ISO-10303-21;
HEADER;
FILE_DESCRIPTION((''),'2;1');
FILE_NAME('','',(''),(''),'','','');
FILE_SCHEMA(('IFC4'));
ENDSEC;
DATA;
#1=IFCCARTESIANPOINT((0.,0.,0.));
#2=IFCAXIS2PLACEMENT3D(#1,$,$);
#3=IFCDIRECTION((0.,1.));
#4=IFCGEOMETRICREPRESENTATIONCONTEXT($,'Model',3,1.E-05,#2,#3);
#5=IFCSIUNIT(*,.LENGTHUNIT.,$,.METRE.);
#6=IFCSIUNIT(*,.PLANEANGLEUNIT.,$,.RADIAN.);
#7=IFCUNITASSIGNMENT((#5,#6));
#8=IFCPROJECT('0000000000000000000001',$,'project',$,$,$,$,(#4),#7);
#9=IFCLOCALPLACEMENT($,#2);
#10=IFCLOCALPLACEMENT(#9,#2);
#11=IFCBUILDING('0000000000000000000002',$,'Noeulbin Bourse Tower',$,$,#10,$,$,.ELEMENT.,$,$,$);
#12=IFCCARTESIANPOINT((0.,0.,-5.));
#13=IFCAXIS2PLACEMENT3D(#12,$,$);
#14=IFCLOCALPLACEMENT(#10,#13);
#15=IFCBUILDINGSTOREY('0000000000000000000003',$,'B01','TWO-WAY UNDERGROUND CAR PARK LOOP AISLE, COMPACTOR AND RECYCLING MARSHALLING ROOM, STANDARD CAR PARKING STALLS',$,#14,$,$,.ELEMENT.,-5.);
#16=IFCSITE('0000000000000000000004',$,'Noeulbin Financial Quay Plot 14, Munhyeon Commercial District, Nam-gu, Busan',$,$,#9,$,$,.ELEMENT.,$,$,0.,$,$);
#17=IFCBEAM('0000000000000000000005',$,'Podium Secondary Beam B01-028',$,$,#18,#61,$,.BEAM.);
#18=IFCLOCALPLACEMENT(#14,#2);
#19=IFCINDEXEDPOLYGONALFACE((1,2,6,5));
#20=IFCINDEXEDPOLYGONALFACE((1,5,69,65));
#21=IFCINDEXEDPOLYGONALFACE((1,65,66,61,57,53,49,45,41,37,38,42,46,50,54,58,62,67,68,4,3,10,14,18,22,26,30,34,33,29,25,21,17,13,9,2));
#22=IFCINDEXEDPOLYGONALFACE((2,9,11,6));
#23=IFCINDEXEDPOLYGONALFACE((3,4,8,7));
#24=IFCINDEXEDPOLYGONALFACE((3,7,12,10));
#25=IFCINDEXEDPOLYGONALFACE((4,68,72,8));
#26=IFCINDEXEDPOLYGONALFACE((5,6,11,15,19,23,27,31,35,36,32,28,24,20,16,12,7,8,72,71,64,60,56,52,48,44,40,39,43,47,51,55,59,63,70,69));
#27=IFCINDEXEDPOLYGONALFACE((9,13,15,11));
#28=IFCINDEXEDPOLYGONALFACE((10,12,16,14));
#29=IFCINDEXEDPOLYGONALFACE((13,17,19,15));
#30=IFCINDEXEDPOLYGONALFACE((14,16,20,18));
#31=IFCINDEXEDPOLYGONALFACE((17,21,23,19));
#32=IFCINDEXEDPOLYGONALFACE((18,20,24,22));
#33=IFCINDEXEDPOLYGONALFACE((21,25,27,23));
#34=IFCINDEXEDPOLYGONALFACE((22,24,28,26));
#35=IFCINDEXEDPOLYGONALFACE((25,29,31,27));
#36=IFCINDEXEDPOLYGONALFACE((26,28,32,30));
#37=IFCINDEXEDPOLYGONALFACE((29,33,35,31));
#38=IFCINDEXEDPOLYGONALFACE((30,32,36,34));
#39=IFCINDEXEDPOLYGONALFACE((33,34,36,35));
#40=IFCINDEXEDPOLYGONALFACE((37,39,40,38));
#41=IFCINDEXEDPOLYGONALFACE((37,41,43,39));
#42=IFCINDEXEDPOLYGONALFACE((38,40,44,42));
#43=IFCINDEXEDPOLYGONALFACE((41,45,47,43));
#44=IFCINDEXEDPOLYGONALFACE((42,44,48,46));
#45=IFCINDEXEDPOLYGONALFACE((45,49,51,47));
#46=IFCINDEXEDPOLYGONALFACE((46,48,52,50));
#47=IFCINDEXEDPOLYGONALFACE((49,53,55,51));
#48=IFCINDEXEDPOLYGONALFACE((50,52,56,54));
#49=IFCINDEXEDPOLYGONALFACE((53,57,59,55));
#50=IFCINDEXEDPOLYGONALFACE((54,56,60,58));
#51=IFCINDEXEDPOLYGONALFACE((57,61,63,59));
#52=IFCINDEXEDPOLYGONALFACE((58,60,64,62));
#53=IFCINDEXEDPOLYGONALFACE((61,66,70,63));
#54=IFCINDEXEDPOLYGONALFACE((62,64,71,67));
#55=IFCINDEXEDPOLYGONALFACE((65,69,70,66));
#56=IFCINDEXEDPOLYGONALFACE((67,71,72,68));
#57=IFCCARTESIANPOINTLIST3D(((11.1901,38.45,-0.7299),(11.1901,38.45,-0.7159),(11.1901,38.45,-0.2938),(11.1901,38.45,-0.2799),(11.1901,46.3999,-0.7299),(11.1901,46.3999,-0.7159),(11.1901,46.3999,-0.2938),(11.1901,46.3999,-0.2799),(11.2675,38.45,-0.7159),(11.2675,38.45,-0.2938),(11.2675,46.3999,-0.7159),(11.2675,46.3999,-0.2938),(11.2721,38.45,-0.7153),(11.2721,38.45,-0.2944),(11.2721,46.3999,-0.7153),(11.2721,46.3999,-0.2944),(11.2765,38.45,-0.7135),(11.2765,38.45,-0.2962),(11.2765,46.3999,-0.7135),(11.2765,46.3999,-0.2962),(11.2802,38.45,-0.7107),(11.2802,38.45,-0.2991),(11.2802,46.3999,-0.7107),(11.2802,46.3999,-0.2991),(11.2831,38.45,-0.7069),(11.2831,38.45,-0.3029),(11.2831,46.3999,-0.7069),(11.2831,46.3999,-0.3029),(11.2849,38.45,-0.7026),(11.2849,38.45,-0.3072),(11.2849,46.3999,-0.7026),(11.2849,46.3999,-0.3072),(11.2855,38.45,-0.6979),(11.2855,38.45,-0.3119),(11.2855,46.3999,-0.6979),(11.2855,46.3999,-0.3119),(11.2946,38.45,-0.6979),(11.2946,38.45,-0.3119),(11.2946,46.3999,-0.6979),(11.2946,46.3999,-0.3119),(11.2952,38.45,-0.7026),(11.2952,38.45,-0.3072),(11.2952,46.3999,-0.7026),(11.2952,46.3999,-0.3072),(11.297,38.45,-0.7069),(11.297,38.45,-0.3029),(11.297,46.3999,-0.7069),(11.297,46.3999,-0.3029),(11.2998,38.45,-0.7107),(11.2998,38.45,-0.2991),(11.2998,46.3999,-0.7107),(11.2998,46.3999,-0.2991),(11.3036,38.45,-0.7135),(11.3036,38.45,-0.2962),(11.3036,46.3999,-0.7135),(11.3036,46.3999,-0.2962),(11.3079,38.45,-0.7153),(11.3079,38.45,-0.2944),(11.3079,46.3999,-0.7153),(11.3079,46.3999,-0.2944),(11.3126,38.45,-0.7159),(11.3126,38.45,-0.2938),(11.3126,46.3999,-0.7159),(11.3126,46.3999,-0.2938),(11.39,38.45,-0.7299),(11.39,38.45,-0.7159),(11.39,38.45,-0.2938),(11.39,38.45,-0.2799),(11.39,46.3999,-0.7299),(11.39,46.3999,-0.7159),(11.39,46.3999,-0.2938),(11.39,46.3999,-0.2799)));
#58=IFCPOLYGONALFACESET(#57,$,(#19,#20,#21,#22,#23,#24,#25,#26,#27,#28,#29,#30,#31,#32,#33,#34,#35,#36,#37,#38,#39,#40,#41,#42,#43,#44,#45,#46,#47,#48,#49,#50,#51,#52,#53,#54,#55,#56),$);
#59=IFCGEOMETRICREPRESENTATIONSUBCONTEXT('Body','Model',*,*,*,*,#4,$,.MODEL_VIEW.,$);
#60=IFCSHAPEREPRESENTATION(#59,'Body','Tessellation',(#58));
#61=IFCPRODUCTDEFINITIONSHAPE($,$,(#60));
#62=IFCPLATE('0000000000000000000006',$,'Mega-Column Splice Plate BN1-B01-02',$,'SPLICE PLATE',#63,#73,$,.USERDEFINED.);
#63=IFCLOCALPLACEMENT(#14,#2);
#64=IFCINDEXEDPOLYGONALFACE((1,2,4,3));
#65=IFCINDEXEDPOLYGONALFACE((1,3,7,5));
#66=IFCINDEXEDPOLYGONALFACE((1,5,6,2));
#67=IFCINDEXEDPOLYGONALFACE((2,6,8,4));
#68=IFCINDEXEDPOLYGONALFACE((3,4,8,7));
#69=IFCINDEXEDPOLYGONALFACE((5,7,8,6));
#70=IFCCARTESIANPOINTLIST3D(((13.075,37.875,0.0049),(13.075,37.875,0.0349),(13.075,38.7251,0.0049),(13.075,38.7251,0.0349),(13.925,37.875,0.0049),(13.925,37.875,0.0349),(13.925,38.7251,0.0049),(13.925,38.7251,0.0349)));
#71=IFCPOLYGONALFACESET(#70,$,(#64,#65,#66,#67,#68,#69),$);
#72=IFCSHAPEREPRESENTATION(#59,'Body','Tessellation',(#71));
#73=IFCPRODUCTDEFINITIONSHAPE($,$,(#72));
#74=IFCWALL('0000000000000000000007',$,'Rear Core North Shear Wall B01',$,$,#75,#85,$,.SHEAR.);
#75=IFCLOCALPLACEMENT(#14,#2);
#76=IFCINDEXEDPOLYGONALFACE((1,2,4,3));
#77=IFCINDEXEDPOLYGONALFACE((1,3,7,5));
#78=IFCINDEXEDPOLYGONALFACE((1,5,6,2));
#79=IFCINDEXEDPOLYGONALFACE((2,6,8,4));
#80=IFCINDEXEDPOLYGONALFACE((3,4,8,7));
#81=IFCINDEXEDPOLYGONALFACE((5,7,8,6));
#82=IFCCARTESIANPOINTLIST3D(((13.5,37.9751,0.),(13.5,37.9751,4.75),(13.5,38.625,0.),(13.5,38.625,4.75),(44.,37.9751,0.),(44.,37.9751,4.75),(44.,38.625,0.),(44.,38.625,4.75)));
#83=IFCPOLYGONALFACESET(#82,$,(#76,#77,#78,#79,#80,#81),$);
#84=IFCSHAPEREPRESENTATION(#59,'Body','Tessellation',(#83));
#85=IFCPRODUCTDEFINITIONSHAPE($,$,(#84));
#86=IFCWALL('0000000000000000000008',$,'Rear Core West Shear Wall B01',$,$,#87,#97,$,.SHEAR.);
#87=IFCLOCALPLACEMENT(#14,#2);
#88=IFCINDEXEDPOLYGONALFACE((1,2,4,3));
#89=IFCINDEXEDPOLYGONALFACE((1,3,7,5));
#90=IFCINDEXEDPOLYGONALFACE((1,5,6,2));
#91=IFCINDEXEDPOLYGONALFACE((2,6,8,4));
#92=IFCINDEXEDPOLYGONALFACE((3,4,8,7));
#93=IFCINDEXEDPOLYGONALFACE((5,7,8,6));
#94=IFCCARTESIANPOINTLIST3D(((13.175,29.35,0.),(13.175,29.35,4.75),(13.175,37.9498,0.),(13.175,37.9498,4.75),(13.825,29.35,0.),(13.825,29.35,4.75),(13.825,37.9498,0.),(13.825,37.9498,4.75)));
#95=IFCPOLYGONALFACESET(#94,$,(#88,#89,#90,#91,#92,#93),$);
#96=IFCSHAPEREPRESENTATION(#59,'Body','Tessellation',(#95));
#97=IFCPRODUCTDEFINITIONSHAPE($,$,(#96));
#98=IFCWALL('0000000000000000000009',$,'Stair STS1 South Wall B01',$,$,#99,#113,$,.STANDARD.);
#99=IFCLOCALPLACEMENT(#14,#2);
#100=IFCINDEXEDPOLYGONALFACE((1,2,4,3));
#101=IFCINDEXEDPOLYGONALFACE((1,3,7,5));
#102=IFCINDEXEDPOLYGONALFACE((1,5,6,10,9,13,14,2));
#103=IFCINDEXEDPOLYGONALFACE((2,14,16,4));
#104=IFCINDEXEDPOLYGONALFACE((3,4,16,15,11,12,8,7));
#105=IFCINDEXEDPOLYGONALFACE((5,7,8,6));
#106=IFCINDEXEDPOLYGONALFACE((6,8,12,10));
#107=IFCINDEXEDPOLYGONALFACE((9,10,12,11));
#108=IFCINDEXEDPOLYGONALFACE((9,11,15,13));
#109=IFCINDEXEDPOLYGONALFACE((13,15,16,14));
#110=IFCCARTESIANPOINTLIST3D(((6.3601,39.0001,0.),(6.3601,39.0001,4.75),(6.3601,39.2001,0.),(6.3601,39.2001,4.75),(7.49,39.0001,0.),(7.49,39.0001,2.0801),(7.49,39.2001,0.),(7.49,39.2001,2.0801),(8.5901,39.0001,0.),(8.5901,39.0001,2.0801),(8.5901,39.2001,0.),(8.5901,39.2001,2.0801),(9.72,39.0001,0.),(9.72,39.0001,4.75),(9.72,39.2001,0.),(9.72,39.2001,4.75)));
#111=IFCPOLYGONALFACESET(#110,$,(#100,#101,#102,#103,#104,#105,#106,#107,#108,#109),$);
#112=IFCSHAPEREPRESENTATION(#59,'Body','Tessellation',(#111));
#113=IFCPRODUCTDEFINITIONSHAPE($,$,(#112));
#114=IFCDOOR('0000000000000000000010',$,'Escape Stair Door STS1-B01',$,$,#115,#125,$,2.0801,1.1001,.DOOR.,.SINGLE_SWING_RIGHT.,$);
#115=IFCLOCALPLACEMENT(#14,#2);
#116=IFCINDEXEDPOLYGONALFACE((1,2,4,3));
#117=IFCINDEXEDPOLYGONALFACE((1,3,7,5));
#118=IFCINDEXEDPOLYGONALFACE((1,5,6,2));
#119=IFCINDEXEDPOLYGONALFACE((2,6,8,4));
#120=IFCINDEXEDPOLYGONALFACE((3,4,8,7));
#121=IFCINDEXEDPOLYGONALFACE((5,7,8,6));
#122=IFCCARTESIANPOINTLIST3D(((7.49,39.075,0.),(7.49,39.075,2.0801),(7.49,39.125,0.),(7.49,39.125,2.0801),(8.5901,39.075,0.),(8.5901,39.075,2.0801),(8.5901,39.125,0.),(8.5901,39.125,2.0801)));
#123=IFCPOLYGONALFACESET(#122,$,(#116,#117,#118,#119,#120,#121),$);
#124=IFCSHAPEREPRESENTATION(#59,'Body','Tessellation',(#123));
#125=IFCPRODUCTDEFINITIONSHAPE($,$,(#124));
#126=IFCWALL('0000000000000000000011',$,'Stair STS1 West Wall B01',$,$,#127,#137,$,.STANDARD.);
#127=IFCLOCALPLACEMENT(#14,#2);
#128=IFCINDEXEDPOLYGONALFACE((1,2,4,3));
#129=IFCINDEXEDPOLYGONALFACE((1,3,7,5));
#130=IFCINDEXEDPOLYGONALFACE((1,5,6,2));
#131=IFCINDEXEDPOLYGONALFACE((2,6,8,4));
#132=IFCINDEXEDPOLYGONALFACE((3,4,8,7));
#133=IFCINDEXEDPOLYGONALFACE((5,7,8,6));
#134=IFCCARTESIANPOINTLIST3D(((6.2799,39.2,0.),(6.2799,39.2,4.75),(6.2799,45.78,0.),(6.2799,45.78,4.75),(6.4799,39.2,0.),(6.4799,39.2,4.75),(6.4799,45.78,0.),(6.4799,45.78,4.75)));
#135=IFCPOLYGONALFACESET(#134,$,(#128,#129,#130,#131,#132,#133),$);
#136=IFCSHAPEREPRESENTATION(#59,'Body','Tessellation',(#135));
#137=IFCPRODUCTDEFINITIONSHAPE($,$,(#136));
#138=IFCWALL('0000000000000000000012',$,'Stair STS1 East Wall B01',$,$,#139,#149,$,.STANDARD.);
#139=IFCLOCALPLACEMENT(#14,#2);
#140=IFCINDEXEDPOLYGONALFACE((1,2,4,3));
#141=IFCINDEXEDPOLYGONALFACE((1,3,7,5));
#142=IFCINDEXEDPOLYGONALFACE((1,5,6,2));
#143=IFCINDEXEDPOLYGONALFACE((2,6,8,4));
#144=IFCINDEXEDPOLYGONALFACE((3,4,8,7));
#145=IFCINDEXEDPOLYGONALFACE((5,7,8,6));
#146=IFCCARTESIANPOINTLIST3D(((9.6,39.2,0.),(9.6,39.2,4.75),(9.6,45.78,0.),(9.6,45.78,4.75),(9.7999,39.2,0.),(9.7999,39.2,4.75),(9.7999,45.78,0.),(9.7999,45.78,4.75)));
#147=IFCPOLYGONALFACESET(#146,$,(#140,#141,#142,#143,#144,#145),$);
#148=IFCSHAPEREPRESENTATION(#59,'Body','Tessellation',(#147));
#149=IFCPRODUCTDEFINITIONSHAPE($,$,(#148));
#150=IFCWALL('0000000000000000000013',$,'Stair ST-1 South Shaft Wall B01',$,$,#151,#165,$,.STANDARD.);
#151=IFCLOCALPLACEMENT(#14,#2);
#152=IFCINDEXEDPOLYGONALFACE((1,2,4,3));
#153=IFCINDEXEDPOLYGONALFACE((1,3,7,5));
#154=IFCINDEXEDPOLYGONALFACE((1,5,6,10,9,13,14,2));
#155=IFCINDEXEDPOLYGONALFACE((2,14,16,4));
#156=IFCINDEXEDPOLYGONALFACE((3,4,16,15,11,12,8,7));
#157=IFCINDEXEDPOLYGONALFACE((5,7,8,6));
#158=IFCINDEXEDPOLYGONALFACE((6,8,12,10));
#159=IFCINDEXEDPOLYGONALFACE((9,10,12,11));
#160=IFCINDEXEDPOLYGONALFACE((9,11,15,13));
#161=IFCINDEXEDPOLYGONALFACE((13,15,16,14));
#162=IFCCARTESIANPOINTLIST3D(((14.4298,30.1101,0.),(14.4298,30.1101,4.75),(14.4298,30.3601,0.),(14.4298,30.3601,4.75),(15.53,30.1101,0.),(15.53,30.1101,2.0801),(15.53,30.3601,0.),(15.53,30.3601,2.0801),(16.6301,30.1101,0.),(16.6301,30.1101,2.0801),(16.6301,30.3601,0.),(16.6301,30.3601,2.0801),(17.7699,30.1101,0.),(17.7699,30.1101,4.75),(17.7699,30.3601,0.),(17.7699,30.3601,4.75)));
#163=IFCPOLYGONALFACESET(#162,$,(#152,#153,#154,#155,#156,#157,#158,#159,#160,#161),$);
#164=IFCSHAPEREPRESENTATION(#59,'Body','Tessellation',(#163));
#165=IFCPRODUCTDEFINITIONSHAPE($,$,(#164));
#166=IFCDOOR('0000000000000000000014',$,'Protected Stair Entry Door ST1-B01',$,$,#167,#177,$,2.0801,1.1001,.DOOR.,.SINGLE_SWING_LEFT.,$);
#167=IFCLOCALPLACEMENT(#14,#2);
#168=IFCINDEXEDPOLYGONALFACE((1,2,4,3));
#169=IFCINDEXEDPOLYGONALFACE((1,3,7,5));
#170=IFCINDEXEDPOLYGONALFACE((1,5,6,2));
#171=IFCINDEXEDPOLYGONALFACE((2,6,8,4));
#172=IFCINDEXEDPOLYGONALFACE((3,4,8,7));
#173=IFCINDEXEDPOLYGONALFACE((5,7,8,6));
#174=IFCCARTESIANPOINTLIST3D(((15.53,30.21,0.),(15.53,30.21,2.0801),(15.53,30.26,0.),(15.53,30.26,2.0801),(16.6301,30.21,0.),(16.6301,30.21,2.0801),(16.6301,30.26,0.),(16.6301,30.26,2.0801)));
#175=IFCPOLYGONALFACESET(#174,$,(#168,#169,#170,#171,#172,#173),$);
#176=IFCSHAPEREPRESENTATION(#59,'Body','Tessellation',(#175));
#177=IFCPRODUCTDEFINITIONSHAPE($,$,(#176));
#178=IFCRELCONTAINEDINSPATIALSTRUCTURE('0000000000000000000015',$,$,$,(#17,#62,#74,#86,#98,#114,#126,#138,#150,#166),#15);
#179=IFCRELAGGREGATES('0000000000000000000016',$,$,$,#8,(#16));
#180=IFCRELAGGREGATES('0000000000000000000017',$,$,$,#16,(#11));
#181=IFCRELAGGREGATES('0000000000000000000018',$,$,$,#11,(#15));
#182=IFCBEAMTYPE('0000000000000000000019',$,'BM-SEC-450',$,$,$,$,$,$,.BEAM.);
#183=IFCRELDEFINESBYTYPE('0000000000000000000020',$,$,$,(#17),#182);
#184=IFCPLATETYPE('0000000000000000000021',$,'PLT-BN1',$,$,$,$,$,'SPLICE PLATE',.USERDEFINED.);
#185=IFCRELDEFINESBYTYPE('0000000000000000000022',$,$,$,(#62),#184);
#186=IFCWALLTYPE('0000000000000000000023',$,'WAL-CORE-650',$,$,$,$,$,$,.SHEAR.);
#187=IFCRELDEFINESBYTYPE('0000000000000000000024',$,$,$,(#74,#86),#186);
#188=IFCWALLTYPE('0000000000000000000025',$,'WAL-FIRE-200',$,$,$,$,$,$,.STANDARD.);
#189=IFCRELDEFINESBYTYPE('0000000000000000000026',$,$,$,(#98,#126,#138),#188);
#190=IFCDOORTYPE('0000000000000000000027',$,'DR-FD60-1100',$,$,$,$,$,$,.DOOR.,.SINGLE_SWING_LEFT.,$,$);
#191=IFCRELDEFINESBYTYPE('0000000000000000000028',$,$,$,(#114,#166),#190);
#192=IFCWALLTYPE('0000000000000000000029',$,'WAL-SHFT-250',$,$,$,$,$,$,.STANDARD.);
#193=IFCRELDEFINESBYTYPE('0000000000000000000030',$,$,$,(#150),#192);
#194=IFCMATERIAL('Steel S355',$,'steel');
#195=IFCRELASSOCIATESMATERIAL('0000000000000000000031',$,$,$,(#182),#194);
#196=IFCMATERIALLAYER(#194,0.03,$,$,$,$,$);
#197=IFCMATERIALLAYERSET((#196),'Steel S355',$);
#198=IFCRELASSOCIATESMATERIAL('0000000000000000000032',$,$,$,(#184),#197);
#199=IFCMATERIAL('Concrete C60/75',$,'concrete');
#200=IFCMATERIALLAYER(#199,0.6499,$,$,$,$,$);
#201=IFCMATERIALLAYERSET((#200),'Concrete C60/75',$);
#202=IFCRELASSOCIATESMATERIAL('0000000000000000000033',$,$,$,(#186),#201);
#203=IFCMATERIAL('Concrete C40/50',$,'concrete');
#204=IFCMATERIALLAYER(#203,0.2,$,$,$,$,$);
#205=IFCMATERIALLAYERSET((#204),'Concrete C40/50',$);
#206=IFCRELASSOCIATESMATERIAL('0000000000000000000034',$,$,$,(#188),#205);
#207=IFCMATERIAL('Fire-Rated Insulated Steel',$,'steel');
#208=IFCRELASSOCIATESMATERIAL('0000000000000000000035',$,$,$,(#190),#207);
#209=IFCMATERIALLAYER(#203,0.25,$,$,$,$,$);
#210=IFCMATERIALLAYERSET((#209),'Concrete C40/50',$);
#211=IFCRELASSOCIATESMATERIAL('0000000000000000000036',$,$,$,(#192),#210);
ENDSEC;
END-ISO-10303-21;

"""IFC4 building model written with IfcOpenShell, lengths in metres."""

from ifc_helpers import new_model, si_unit, direction, frame, frame_2d, origin, origin_2d, place, context, subcontext, project, spatial, rectangle, i_section, extrude, material, layer, layer_set, material_profile, profile_set, type_object, element, fill, save


model = new_model("IFC4")

# Units and contexts
model_context = context("Model", 3, precision=1e-05, world=origin(), true_north=direction((0.0, 1.0)))
body_context = subcontext(model_context, "Body", "Model", "MODEL_VIEW")
ifc_project = project(units=[si_unit("LENGTHUNIT", "METRE"), si_unit("PLANEANGLEUNIT", "RADIAN")], contexts=[model_context])

# Site, building, storey
site_placement = place(None, origin())
site = spatial("IfcSite", under=ifc_project, at=site_placement, Name="Noeulbin Financial Quay Plot 14, Munhyeon Commercial District, Nam-gu, Busan", CompositionType="ELEMENT", RefElevation=0.0)
building_placement = place(site_placement, origin())
building = spatial("IfcBuilding", under=site, at=building_placement, Name="Noeulbin Bourse Tower", CompositionType="ELEMENT")
storey_placement = place(building_placement, frame((0.0, 0.0, -5.0)))
storey = spatial("IfcBuildingStorey", under=building, at=storey_placement, Name="B01", Description="TWO-WAY UNDERGROUND CAR PARK LOOP AISLE, COMPACTOR AND RECYCLING MARSHALLING ROOM, STANDARD CAR PARKING STALLS", CompositionType="ELEMENT", Elevation=-5.0)

# Beam
ifc_material_1 = material(Name="Steel S355", Category="steel")
ifc_material_profile_1 = material_profile(ifc_material_1, i_section(OverallWidth=0.2, OverallDepth=0.45, WebThickness=0.009, FlangeThickness=0.0139, FilletRadius=0.0181, at=origin_2d()), Name="H-450x200x9x14", Category="LoadBearing")
ifc_profile_set_1 = profile_set([ifc_material_profile_1], Name="Steel S355")
beam_type_1 = type_object("IfcBeamType", Name="BM-SEC-450", PredefinedType="BEAM", material=ifc_profile_set_1)
beam_1_placement = place(storey_placement, frame((11.29, 38.45, -0.5049), z_axis=(0.0, 1.0, 0.0), x_axis=(-1.0, 0.0, 0.0)))
element("IfcBeam", 1, at=beam_1_placement, inside=storey, type_object=beam_type_1, Name="Podium Secondary Beam B01-028", PredefinedType="BEAM", context=body_context, shape_type="SweptSolid", body=[
    extrude(i_section(OverallWidth=0.2, OverallDepth=0.45, WebThickness=0.009, FlangeThickness=0.0139, FilletRadius=0.0181, at=origin_2d()), origin(), (0.0, 0.0, 1.0), 7.95),
])

# Plate
ifc_layer_1 = layer(ifc_material_1, 0.03)
ifc_layer_set_1 = layer_set([ifc_layer_1], Name="Steel S355")
plate_type = type_object("IfcPlateType", Name="PLT-BN1", ElementType="SPLICE PLATE", PredefinedType="USERDEFINED", material=ifc_layer_set_1)
plate_placement = place(storey_placement, frame((13.5, 38.3, 0.0049), z_axis=(0.0, 0.0, 1.0), x_axis=(1.0, 0.0, 0.0)))
element("IfcPlate", 2, at=plate_placement, inside=storey, type_object=plate_type, Name="Mega-Column Splice Plate BN1-B01-02", ObjectType="SPLICE PLATE", PredefinedType="USERDEFINED", context=body_context, shape_type="SweptSolid", body=[
    extrude(rectangle(XDim=0.8501, YDim=0.8501, at=origin_2d()), origin(), (0.0, 0.0, 1.0), 0.03),
])

# Walls
ifc_material_2 = material(Name="Concrete C60/75", Category="concrete")
ifc_layer_2 = layer(ifc_material_2, 0.6499)
ifc_layer_set_2 = layer_set([ifc_layer_2], Name="Concrete C60/75")
wall_type_1 = type_object("IfcWallType", Name="WAL-CORE-650", PredefinedType="SHEAR", material=ifc_layer_set_2)
wall_1_placement = place(storey_placement, frame((13.5, 38.3, 0.0), z_axis=(0.0, 0.0, 1.0), x_axis=(1.0, 0.0, 0.0)))
element("IfcWall", 3, at=wall_1_placement, inside=storey, type_object=wall_type_1, Name="Rear Core North Shear Wall B01", PredefinedType="SHEAR", context=body_context, shape_type="SweptSolid", body=[
    extrude(rectangle(XDim=30.5, YDim=0.6499, at=frame_2d((15.25, 0.0))), origin(), (0.0, 0.0, 1.0), 4.75),
])
wall_2_placement = place(storey_placement, frame((13.5, 29.3501, 0.0), z_axis=(0.0, 0.0, 1.0), x_axis=(0.0, 1.0, 0.0)))
element("IfcWall", 4, at=wall_2_placement, inside=storey, type_object=wall_type_1, Name="Rear Core West Shear Wall B01", PredefinedType="SHEAR", context=body_context, shape_type="SweptSolid", body=[
    extrude(rectangle(XDim=8.5999, YDim=0.6499, at=frame_2d((4.2998, 0.0))), origin(), (0.0, 0.0, 1.0), 4.75),
])

# Wall, opening, door
ifc_material_3 = material(Name="Concrete C40/50", Category="concrete")
ifc_layer_3 = layer(ifc_material_3, 0.2)
ifc_layer_set_3 = layer_set([ifc_layer_3], Name="Concrete C40/50")
wall_type_2 = type_object("IfcWallType", Name="WAL-FIRE-200", PredefinedType="STANDARD", material=ifc_layer_set_3)
wall_3_placement = place(storey_placement, frame((6.3601, 39.1001, 0.0), z_axis=(0.0, 0.0, 1.0), x_axis=(1.0, 0.0, 0.0)))
wall_3 = element("IfcWall", 5, at=wall_3_placement, inside=storey, type_object=wall_type_2, Name="Stair STS1 South Wall B01", PredefinedType="STANDARD", context=body_context, shape_type="SweptSolid", body=[
    extrude(rectangle(XDim=3.3599, YDim=0.2, at=frame_2d((1.6799, 0.0))), origin(), (0.0, 0.0, 1.0), 4.75),
])
opening_1_placement = place(wall_3_placement, frame((1.1299, 0.0, 0.0)))
opening_1 = element("IfcOpeningElement", 6, at=opening_1_placement, cuts=wall_3, PredefinedType="OPENING", context=body_context, shape_type="SweptSolid", body=[
    extrude(rectangle(XDim=1.1001, YDim=2.0801, at=frame_2d((0.55, 1.04))), frame((0.0, 0.1099, 0.0), z_axis=(0.0, -1.0, 0.0), x_axis=(1.0, 0.0, 0.0)), (0.0, 0.0, 1.0), 0.22),
])
ifc_material_4 = material(Name="Fire-Rated Insulated Steel", Category="steel")
door_type = type_object("IfcDoorType", Name="DR-FD60-1100", OperationType="SINGLE_SWING_LEFT", PredefinedType="DOOR", material=ifc_material_4)
door_1_placement = place(opening_1_placement, origin())
door_1 = element("IfcDoor", 7, at=door_1_placement, inside=storey, type_object=door_type, Name="Escape Stair Door STS1-B01", OperationType="SINGLE_SWING_RIGHT", OverallHeight=2.0801, OverallWidth=1.1001, PredefinedType="DOOR", context=body_context, shape_type="SweptSolid", body=[
    extrude(rectangle(XDim=1.1001, YDim=2.0801, at=frame_2d((0.55, 1.04))), frame((0.0, 0.0249, 0.0), z_axis=(0.0, -1.0, 0.0), x_axis=(1.0, 0.0, 0.0)), (0.0, 0.0, 1.0), 0.05),
])
fill(opening_1, door_1)

# Walls
for number, where, z_axis, x_axis, name in (
    (8, (6.3799, 39.2, 0.0), (0.0, 0.0, 1.0), (0.0, 1.0, 0.0), "Stair STS1 West Wall B01"),
    (9, (9.7, 39.2, 0.0), (0.0, 0.0, 1.0), (0.0, 1.0, 0.0), "Stair STS1 East Wall B01"),
):
    element("IfcWall", number, at=place(storey_placement, frame(where, z_axis=z_axis, x_axis=x_axis)), inside=storey, type_object=wall_type_2, Name=name, PredefinedType="STANDARD", context=body_context, shape_type="SweptSolid", body=[
        extrude(rectangle(XDim=6.5801, YDim=0.2, at=frame_2d((3.29, 0.0))), origin(), (0.0, 0.0, 1.0), 4.75),
    ])

# Wall, opening, door
ifc_layer_4 = layer(ifc_material_3, 0.25)
ifc_layer_set_4 = layer_set([ifc_layer_4], Name="Concrete C40/50")
wall_type_3 = type_object("IfcWallType", Name="WAL-SHFT-250", PredefinedType="STANDARD", material=ifc_layer_set_4)
wall_4_placement = place(storey_placement, frame((14.4299, 30.2351, 0.0), z_axis=(0.0, 0.0, 1.0), x_axis=(1.0, 0.0, 0.0)))
wall_4 = element("IfcWall", 10, at=wall_4_placement, inside=storey, type_object=wall_type_3, Name="Stair ST-1 South Shaft Wall B01", PredefinedType="STANDARD", context=body_context, shape_type="SweptSolid", body=[
    extrude(rectangle(XDim=3.3401, YDim=0.25, at=frame_2d((1.6699, 0.0))), origin(), (0.0, 0.0, 1.0), 4.75),
])
opening_2_placement = place(wall_4_placement, frame((1.1001, 0.0, 0.0)))
opening_2 = element("IfcOpeningElement", 11, at=opening_2_placement, cuts=wall_4, PredefinedType="OPENING", context=body_context, shape_type="SweptSolid", body=[
    extrude(rectangle(XDim=1.1001, YDim=2.0801, at=frame_2d((0.55, 1.04))), frame((0.0, 0.135, 0.0), z_axis=(0.0, -1.0, 0.0), x_axis=(1.0, 0.0, 0.0)), (0.0, 0.0, 1.0), 0.27),
])
door_2_placement = place(opening_2_placement, origin())
door_2 = element("IfcDoor", 12, at=door_2_placement, inside=storey, type_object=door_type, Name="Protected Stair Entry Door ST1-B01", OperationType="SINGLE_SWING_LEFT", OverallHeight=2.0801, OverallWidth=1.1001, PredefinedType="DOOR", context=body_context, shape_type="SweptSolid", body=[
    extrude(rectangle(XDim=1.1001, YDim=2.0801, at=frame_2d((0.55, 1.04))), frame((0.0, 0.0249, 0.0), z_axis=(0.0, -1.0, 0.0), x_axis=(1.0, 0.0, 0.0)), (0.0, 0.0, 1.0), 0.05),
])
fill(opening_2, door_2)

save(model, "model.ifc")
